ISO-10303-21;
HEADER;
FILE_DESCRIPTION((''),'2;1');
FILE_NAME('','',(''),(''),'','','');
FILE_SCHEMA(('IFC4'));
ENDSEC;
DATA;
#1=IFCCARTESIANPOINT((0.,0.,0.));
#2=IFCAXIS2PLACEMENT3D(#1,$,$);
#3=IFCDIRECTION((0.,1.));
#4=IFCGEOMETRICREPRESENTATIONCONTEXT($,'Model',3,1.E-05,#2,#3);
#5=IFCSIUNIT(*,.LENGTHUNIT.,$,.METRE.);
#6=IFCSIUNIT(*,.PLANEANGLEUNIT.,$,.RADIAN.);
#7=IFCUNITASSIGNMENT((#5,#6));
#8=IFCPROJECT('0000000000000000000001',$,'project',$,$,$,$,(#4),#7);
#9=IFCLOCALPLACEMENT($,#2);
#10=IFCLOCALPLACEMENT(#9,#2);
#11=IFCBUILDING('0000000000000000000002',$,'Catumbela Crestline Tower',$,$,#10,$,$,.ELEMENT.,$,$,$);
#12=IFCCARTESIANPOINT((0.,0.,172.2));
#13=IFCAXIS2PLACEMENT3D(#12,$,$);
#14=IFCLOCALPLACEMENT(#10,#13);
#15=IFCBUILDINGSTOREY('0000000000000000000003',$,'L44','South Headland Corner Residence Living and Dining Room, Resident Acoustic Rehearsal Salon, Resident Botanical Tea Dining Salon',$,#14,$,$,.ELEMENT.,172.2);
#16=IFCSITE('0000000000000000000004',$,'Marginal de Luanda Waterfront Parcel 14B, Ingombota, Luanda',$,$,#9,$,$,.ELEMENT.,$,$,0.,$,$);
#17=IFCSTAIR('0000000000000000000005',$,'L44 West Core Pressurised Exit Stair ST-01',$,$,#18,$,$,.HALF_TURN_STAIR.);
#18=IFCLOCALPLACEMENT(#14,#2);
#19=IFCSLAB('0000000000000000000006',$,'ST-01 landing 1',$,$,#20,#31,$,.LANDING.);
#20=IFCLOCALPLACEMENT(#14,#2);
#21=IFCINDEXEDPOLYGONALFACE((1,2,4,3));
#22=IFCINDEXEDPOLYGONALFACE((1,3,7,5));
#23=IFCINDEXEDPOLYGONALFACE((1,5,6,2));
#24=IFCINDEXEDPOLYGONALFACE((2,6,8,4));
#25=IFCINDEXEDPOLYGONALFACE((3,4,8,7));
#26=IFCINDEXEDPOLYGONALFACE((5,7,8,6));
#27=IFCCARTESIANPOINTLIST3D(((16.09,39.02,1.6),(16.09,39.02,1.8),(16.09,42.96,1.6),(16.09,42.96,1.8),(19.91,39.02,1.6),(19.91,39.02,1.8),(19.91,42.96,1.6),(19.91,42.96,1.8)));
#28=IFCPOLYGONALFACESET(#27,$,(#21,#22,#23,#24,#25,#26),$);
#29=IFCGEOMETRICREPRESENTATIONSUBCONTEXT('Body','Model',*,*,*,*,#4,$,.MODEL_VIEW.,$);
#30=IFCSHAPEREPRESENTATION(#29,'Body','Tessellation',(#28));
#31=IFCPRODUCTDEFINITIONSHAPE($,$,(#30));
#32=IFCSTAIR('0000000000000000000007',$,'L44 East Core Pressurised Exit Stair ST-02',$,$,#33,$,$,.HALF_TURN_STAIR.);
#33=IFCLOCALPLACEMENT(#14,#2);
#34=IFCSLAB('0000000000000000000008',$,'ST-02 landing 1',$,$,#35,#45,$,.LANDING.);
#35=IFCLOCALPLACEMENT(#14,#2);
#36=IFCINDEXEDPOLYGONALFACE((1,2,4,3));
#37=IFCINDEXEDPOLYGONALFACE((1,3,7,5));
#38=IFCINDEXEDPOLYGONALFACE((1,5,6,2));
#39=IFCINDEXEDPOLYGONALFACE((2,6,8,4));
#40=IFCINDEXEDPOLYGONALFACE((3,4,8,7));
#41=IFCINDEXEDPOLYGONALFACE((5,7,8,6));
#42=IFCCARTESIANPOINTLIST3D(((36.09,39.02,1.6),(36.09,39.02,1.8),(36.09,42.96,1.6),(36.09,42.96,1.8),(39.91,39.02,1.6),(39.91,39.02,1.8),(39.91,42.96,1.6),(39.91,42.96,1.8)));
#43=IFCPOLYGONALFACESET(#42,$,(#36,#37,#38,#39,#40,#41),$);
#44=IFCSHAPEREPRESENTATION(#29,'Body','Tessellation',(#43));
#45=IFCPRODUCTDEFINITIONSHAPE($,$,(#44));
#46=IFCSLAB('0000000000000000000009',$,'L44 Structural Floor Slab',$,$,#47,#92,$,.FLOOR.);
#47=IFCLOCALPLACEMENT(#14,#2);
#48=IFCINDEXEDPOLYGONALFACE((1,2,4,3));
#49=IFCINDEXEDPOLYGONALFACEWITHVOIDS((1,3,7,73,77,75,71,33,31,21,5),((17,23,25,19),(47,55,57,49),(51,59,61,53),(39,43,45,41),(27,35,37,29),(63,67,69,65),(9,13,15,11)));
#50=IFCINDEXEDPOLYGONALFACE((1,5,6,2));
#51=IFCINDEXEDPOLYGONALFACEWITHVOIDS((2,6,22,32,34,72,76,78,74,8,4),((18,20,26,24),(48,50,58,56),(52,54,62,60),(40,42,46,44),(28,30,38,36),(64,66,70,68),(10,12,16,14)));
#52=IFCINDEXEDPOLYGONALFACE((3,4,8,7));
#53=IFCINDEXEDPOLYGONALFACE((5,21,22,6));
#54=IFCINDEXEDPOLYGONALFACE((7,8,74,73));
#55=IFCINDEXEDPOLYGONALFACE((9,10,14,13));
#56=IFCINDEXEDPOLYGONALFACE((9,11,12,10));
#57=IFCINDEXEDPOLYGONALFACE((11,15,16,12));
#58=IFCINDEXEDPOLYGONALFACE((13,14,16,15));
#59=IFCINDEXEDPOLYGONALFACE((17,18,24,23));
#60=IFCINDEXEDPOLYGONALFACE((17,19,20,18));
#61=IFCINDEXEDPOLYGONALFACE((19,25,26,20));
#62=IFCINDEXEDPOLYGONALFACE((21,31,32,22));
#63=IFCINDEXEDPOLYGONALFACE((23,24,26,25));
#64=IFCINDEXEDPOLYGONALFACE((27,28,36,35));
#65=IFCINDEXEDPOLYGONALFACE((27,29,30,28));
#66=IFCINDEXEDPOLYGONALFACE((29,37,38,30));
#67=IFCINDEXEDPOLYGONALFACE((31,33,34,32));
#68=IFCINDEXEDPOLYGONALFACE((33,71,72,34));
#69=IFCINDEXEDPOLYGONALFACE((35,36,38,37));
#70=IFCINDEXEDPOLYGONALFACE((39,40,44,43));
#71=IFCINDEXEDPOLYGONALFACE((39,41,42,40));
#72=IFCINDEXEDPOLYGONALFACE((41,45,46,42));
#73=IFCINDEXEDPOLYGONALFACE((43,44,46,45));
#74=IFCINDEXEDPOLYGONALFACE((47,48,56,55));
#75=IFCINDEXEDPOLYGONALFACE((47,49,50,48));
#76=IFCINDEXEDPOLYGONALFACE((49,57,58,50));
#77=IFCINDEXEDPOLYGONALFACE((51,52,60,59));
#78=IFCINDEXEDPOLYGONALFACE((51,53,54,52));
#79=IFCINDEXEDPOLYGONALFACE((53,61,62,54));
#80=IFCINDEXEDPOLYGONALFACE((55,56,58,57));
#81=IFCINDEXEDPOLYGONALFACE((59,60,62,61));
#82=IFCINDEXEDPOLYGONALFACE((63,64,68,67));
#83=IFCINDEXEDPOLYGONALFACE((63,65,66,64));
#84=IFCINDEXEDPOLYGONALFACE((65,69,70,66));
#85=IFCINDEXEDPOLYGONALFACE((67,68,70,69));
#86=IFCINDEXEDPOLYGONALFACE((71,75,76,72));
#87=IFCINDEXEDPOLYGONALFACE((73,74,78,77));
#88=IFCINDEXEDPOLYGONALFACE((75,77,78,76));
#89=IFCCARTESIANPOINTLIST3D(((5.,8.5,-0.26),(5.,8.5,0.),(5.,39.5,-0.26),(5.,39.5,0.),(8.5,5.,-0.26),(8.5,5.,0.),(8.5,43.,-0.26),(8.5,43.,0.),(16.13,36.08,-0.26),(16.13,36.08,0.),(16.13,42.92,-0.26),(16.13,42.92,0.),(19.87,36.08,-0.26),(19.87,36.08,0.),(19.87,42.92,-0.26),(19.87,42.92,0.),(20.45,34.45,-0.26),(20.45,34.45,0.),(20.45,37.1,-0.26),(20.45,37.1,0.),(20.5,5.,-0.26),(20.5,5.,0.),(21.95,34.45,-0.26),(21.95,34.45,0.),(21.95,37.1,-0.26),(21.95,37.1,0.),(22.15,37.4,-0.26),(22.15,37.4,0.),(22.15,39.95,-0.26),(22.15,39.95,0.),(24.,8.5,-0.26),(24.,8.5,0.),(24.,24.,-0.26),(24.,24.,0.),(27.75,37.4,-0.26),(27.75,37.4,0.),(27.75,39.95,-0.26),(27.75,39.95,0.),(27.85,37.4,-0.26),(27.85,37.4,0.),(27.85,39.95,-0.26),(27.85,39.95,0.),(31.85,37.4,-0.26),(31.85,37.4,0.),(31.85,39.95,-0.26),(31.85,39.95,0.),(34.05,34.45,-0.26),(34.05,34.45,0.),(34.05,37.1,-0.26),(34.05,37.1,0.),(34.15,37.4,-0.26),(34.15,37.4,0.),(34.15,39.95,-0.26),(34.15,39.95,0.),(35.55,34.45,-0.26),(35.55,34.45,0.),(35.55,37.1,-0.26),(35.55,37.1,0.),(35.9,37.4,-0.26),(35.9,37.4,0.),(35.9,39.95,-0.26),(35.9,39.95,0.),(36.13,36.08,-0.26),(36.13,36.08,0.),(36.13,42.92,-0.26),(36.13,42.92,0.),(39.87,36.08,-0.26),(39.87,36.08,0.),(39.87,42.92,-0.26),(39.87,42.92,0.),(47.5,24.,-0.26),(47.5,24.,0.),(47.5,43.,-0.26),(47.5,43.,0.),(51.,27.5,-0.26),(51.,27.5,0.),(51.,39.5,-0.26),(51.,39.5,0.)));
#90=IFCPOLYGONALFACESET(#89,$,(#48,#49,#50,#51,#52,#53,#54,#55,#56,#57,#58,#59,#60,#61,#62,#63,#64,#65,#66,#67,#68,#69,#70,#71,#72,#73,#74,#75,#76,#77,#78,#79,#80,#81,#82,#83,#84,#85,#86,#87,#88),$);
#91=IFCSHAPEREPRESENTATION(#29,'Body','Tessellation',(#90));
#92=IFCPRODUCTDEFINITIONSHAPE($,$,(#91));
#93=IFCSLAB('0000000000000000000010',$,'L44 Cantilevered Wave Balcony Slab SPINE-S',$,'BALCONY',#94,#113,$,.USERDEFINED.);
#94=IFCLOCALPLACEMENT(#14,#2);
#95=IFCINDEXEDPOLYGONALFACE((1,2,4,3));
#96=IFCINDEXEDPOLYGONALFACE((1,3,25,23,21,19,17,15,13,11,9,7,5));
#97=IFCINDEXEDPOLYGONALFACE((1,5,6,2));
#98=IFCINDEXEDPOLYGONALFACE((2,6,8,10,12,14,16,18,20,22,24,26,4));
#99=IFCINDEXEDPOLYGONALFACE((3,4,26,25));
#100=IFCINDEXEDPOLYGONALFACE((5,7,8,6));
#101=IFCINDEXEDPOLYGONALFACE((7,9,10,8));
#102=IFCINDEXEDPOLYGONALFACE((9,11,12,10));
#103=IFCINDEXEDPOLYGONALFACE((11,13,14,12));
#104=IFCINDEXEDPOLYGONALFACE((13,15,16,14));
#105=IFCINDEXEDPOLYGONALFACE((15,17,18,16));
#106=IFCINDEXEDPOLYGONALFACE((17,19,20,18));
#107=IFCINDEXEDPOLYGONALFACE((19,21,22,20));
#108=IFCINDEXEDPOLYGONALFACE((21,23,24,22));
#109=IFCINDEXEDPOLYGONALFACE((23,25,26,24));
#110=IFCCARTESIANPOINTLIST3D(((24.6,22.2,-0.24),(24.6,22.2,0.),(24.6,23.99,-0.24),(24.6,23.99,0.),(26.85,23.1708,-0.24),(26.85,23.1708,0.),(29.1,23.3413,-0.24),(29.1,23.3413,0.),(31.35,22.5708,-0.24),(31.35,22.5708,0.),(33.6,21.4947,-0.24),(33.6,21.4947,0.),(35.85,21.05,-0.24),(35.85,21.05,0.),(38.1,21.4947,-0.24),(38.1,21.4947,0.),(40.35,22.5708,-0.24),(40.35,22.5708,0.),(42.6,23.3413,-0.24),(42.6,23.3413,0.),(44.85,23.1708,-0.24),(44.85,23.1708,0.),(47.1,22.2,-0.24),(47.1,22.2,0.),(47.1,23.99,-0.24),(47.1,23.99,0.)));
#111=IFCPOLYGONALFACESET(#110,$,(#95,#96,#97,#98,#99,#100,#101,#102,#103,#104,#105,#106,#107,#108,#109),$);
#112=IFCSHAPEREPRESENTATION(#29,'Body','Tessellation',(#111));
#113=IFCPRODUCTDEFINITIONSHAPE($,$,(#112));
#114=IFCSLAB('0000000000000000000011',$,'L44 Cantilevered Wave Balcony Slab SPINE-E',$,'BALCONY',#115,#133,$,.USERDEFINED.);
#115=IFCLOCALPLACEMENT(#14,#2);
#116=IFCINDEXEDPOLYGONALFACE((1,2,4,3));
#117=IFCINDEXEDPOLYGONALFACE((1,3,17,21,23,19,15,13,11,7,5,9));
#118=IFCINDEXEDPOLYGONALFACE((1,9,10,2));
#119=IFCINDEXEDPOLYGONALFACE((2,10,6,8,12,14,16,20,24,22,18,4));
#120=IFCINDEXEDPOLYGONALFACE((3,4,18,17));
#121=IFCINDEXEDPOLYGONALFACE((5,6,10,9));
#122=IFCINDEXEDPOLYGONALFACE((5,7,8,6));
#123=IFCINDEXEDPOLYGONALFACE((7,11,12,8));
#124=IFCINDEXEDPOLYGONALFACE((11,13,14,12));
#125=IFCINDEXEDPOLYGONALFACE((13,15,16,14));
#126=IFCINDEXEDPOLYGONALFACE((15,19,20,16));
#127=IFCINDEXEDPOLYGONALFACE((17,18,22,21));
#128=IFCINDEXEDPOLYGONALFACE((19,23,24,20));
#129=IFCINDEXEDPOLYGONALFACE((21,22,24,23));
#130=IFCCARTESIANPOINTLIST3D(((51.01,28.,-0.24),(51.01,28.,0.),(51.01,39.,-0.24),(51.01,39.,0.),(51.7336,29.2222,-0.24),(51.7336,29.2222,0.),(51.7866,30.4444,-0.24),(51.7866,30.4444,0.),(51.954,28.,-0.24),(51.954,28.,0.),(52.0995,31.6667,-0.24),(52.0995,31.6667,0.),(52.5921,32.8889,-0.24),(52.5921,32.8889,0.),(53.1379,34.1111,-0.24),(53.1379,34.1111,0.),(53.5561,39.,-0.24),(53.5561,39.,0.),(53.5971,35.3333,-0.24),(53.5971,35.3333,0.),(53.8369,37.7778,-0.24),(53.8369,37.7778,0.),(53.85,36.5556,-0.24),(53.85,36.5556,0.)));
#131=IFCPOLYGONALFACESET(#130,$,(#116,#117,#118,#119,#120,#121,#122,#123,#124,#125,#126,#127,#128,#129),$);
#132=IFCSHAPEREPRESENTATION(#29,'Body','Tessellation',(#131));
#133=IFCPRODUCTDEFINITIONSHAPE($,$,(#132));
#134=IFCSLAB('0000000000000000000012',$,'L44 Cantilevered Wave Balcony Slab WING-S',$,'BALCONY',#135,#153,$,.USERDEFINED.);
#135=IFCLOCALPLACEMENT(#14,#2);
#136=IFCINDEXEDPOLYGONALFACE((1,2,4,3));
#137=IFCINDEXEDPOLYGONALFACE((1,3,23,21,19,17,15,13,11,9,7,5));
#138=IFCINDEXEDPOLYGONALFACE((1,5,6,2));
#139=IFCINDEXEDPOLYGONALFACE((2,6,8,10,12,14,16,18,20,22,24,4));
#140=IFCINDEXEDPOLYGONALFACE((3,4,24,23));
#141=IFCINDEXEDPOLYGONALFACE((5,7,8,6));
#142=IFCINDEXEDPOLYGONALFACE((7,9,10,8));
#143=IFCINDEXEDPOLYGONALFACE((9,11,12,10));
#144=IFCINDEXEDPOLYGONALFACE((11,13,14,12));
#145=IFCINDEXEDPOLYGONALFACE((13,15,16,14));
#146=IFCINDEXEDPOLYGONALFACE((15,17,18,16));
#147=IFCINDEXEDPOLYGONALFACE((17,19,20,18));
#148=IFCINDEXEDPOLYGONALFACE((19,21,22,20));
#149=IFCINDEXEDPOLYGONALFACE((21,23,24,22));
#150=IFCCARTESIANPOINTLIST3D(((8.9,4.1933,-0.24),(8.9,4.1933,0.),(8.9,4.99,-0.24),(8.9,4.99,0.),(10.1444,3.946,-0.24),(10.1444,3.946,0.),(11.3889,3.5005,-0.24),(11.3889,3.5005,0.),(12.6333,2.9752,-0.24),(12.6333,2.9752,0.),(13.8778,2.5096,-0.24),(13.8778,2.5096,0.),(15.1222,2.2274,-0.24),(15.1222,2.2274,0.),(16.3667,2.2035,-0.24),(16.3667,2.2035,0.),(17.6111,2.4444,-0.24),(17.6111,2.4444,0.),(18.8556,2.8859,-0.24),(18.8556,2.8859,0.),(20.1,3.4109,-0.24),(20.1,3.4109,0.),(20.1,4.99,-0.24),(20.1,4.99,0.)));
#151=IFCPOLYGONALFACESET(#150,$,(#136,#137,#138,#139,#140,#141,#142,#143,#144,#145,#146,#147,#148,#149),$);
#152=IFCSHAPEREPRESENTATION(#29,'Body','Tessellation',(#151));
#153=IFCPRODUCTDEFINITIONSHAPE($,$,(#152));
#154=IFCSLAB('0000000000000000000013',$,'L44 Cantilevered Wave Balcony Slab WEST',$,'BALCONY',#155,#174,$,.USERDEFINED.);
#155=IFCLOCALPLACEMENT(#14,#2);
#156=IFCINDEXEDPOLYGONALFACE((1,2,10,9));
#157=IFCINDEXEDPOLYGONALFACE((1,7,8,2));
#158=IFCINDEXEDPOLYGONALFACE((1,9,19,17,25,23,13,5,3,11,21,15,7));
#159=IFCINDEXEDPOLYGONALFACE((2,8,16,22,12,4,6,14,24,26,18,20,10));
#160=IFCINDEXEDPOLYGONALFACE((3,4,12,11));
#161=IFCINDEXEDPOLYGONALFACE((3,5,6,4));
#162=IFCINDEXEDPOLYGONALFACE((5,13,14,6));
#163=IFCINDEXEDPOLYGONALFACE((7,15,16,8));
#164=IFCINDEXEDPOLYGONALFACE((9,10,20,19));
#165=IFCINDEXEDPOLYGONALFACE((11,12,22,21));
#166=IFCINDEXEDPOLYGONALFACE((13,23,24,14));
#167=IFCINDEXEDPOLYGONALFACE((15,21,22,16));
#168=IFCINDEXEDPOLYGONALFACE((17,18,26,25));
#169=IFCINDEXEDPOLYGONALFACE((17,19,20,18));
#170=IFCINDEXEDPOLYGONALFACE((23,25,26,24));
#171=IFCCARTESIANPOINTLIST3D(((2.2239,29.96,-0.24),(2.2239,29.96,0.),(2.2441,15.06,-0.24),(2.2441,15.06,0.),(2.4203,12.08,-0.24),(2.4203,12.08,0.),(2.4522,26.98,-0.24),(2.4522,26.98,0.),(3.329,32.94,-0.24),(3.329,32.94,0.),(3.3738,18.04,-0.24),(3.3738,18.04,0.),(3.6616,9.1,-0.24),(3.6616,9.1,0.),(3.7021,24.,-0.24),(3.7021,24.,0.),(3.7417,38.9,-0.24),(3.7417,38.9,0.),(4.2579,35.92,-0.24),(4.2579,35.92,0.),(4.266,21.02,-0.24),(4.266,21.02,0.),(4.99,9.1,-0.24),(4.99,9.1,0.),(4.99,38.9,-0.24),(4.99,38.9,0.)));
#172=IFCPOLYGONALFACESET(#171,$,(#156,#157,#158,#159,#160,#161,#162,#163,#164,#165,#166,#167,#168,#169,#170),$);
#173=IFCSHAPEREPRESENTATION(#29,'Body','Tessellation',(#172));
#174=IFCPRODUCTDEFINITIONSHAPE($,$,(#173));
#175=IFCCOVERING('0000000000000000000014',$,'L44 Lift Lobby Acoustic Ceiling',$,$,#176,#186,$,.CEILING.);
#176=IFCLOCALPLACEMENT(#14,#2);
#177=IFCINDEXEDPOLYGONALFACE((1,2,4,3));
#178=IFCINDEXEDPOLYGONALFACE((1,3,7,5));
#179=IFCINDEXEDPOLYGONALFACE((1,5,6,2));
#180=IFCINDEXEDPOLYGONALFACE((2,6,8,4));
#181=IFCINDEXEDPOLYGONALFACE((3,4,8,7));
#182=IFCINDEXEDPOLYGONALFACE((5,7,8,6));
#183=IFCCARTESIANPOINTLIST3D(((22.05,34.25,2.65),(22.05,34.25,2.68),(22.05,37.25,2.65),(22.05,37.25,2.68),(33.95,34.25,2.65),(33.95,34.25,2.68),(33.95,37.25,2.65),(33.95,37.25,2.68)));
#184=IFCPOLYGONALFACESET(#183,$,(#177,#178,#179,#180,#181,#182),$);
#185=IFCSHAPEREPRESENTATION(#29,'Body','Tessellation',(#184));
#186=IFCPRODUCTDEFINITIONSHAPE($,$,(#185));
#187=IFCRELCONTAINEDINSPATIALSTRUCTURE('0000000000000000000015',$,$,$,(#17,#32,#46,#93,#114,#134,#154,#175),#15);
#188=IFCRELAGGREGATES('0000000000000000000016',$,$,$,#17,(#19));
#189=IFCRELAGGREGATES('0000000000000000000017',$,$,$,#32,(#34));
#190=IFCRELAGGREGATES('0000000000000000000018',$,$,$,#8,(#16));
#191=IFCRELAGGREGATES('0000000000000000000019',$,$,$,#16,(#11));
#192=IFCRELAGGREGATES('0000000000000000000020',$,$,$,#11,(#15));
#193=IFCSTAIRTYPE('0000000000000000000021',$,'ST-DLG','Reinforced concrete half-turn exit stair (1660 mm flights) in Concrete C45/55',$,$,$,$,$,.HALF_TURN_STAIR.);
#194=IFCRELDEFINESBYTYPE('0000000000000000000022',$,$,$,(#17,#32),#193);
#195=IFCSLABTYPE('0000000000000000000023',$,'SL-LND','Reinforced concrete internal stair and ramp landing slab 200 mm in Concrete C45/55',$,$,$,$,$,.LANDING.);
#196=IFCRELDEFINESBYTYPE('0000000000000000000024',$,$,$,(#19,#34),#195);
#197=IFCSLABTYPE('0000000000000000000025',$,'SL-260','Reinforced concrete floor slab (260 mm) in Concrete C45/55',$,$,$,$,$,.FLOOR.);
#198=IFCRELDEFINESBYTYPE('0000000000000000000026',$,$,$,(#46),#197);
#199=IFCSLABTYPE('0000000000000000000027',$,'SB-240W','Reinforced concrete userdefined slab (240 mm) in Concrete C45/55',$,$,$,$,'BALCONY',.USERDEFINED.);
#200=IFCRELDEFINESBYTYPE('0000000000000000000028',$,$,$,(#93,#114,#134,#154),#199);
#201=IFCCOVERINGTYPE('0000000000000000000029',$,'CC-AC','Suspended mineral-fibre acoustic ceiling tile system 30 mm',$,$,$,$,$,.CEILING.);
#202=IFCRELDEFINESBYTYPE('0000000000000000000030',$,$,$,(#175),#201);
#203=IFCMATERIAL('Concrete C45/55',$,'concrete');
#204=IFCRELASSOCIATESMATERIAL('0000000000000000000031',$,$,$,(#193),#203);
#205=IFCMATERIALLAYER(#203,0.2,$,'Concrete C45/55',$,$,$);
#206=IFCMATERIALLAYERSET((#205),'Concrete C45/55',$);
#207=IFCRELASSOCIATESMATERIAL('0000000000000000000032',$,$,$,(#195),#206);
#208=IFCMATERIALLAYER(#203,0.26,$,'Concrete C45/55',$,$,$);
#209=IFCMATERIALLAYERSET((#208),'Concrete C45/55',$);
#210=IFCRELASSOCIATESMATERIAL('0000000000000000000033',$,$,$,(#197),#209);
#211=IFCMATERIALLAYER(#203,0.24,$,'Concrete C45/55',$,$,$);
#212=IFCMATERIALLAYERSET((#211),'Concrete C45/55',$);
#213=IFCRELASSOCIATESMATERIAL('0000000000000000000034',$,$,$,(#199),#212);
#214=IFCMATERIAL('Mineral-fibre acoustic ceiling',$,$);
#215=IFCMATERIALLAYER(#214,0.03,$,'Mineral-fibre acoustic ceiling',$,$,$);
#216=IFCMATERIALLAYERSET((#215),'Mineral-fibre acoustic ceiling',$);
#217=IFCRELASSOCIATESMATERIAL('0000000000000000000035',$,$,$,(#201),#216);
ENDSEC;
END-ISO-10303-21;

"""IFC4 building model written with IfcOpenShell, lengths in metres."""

from ifc_helpers import new_model, si_unit, direction, frame, origin, place, context, subcontext, project, spatial, polyline, outline, extrude, material, layer, layer_set, type_object, element, aggregate, save


model = new_model("IFC4")

# Units and contexts
model_context = context("Model", 3, precision=1e-05, world=origin(), true_north=direction((0.0, 1.0)))
body_context = subcontext(model_context, "Body", "Model", "MODEL_VIEW")
ifc_project = project(units=[si_unit("LENGTHUNIT", "METRE"), si_unit("PLANEANGLEUNIT", "RADIAN")], contexts=[model_context])

# Site, building, storey
site_placement = place(None, origin())
site = spatial("IfcSite", under=ifc_project, at=site_placement, Name="Marginal de Luanda Waterfront Parcel 14B, Ingombota, Luanda", CompositionType="ELEMENT", RefElevation=0.0)
building_placement = place(site_placement, origin())
building = spatial("IfcBuilding", under=site, at=building_placement, Name="Catumbela Crestline Tower", CompositionType="ELEMENT")
storey_placement = place(building_placement, frame((0.0, 0.0, 172.2)))
storey = spatial("IfcBuildingStorey", under=building, at=storey_placement, Name="L44", Description="South Headland Corner Residence Living and Dining Room, Resident Acoustic Rehearsal Salon, Resident Botanical Tea Dining Salon", CompositionType="ELEMENT", Elevation=172.2)

# Stairs, slabs
ifc_material_1 = material(Name="Concrete C45/55", Category="concrete")
stair_type = type_object("IfcStairType", Name="ST-DLG", Description="Reinforced concrete half-turn exit stair (1660 mm flights) in Concrete C45/55", PredefinedType="HALF_TURN_STAIR", material=ifc_material_1)
stair_1_placement = place(storey_placement, origin())
stair_1 = element("IfcStair", 1, at=stair_1_placement, inside=storey, type_object=stair_type, Name="L44 West Core Pressurised Exit Stair ST-01", PredefinedType="HALF_TURN_STAIR")
ifc_layer_1 = layer(ifc_material_1, 0.2, Name="Concrete C45/55")
ifc_layer_set_1 = layer_set([ifc_layer_1], Name="Concrete C45/55")
slab_type_1 = type_object("IfcSlabType", Name="SL-LND", Description="Reinforced concrete internal stair and ramp landing slab 200 mm in Concrete C45/55", PredefinedType="LANDING", material=ifc_layer_set_1)
slab_1_placement = place(storey_placement, frame((0.0, 0.0, 1.6)))
slab_1 = element("IfcSlab", 2, at=slab_1_placement, type_object=slab_type_1, Name="ST-01 landing 1", PredefinedType="LANDING", context=body_context, shape_type="SweptSolid", body=[
    extrude(outline(polyline([(19.91, 39.02), (19.91, 42.96), (16.09, 42.96), (16.09, 39.02), (19.91, 39.02)])), origin(), (0.0, 0.0, 1.0), 0.2),
])
aggregate(stair_1, [slab_1])
stair_2_placement = place(storey_placement, origin())
stair_2 = element("IfcStair", 3, at=stair_2_placement, inside=storey, type_object=stair_type, Name="L44 East Core Pressurised Exit Stair ST-02", PredefinedType="HALF_TURN_STAIR")
slab_2_placement = place(storey_placement, frame((0.0, 0.0, 1.6)))
slab_2 = element("IfcSlab", 4, at=slab_2_placement, type_object=slab_type_1, Name="ST-02 landing 1", PredefinedType="LANDING", context=body_context, shape_type="SweptSolid", body=[
    extrude(outline(polyline([(39.91, 39.02), (39.91, 42.96), (36.09, 42.96), (36.09, 39.02), (39.91, 39.02)])), origin(), (0.0, 0.0, 1.0), 0.2),
])
aggregate(stair_2, [slab_2])

# Slabs
ifc_layer_2 = layer(ifc_material_1, 0.26, Name="Concrete C45/55")
ifc_layer_set_2 = layer_set([ifc_layer_2], Name="Concrete C45/55")
slab_type_2 = type_object("IfcSlabType", Name="SL-260", Description="Reinforced concrete floor slab (260 mm) in Concrete C45/55", PredefinedType="FLOOR", material=ifc_layer_set_2)
slab_3_placement = place(storey_placement, frame((0.0, 0.0, -0.26)))
element("IfcSlab", 5, at=slab_3_placement, inside=storey, type_object=slab_type_2, Name="L44 Structural Floor Slab", PredefinedType="FLOOR", context=body_context, shape_type="SweptSolid", body=[
    extrude(outline(polyline([(8.5, 5.0), (20.5, 5.0), (24.0, 8.5), (24.0, 24.0), (47.5, 24.0), (51.0, 27.5), (51.0, 39.5), (47.5, 43.0), (8.5, 43.0), (5.0, 39.5), (5.0, 8.5), (8.5, 5.0)]), holes=[polyline([(16.13, 36.08), (19.87, 36.08), (19.87, 42.92), (16.13, 42.92), (16.13, 36.08)]), polyline([(36.13, 36.08), (39.87, 36.08), (39.87, 42.92), (36.13, 42.92), (36.13, 36.08)]), polyline([(22.15, 37.4), (27.75, 37.4), (27.75, 39.95), (22.15, 39.95), (22.15, 37.4)]), polyline([(27.85, 37.4), (31.85, 37.4), (31.85, 39.95), (27.85, 39.95), (27.85, 37.4)]), polyline([(20.45, 34.45), (21.95, 34.45), (21.95, 37.1), (20.45, 37.1), (20.45, 34.45)]), polyline([(34.05, 34.45), (35.55, 34.45), (35.55, 37.1), (34.05, 37.1), (34.05, 34.45)]), polyline([(34.15, 37.4), (35.9, 37.4), (35.9, 39.95), (34.15, 39.95), (34.15, 37.4)])]), origin(), (0.0, 0.0, 1.0), 0.26),
])
ifc_layer_3 = layer(ifc_material_1, 0.24, Name="Concrete C45/55")
ifc_layer_set_3 = layer_set([ifc_layer_3], Name="Concrete C45/55")
slab_type_3 = type_object("IfcSlabType", Name="SB-240W", Description="Reinforced concrete userdefined slab (240 mm) in Concrete C45/55", ElementType="BALCONY", PredefinedType="USERDEFINED", material=ifc_layer_set_3)
slab_4_placement = place(storey_placement, frame((0.0, 0.0, -0.24)))
element("IfcSlab", 6, at=slab_4_placement, inside=storey, type_object=slab_type_3, Name="L44 Cantilevered Wave Balcony Slab SPINE-S", ObjectType="BALCONY", PredefinedType="USERDEFINED", context=body_context, shape_type="SweptSolid", body=[
    extrude(outline(polyline([(24.6, 22.2), (26.85, 23.1708), (29.1, 23.3413), (31.35, 22.5708), (33.6, 21.4947), (35.85, 21.05), (38.1, 21.4947), (40.35, 22.5708), (42.6, 23.3413), (44.85, 23.1708), (47.1, 22.2), (47.1, 23.99), (24.6, 23.99), (24.6, 22.2)])), origin(), (0.0, 0.0, 1.0), 0.24),
])
slab_5_placement = place(storey_placement, frame((0.0, 0.0, -0.24)))
element("IfcSlab", 7, at=slab_5_placement, inside=storey, type_object=slab_type_3, Name="L44 Cantilevered Wave Balcony Slab SPINE-E", ObjectType="BALCONY", PredefinedType="USERDEFINED", context=body_context, shape_type="SweptSolid", body=[
    extrude(outline(polyline([(51.01, 28.0), (51.954, 28.0), (51.7336, 29.2222), (51.7866, 30.4444), (52.0995, 31.6667), (52.5921, 32.8889), (53.1379, 34.1111), (53.5971, 35.3333), (53.85, 36.5556), (53.8369, 37.7778), (53.5561, 39.0), (51.01, 39.0), (51.01, 28.0)])), origin(), (0.0, 0.0, 1.0), 0.24),
])
slab_6_placement = place(storey_placement, frame((0.0, 0.0, -0.24)))
element("IfcSlab", 8, at=slab_6_placement, inside=storey, type_object=slab_type_3, Name="L44 Cantilevered Wave Balcony Slab WING-S", ObjectType="BALCONY", PredefinedType="USERDEFINED", context=body_context, shape_type="SweptSolid", body=[
    extrude(outline(polyline([(8.9, 4.1933), (10.1444, 3.946), (11.3889, 3.5005), (12.6333, 2.9752), (13.8778, 2.5096), (15.1222, 2.2274), (16.3667, 2.2035), (17.6111, 2.4444), (18.8556, 2.8859), (20.1, 3.4109), (20.1, 4.99), (8.9, 4.99), (8.9, 4.1933)])), origin(), (0.0, 0.0, 1.0), 0.24),
])
slab_7_placement = place(storey_placement, frame((0.0, 0.0, -0.24)))
element("IfcSlab", 9, at=slab_7_placement, inside=storey, type_object=slab_type_3, Name="L44 Cantilevered Wave Balcony Slab WEST", ObjectType="BALCONY", PredefinedType="USERDEFINED", context=body_context, shape_type="SweptSolid", body=[
    extrude(outline(polyline([(4.99, 38.9), (3.7417, 38.9), (4.2579, 35.92), (3.329, 32.94), (2.2239, 29.96), (2.4522, 26.98), (3.7021, 24.0), (4.266, 21.02), (3.3738, 18.04), (2.2441, 15.06), (2.4203, 12.08), (3.6616, 9.1), (4.99, 9.1), (4.99, 38.9)])), origin(), (0.0, 0.0, 1.0), 0.24),
])

# Covering
ifc_material_2 = material(Name="Mineral-fibre acoustic ceiling")
ifc_layer_4 = layer(ifc_material_2, 0.03, Name="Mineral-fibre acoustic ceiling")
ifc_layer_set_4 = layer_set([ifc_layer_4], Name="Mineral-fibre acoustic ceiling")
covering_type_1 = type_object("IfcCoveringType", Name="CC-AC", Description="Suspended mineral-fibre acoustic ceiling tile system 30 mm", PredefinedType="CEILING", material=ifc_layer_set_4)
covering_1_placement = place(storey_placement, frame((0.0, 0.0, 2.65)))
element("IfcCovering", 10, at=covering_1_placement, inside=storey, type_object=covering_type_1, Name="L44 Lift Lobby Acoustic Ceiling", PredefinedType="CEILING", context=body_context, shape_type="SweptSolid", body=[
    extrude(outline(polyline([(22.05, 34.25), (33.95, 34.25), (33.95, 37.25), (22.05, 37.25), (22.05, 34.25)])), origin(), (0.0, 0.0, 1.0), 0.03),
])

save(model, "model.ifc")
